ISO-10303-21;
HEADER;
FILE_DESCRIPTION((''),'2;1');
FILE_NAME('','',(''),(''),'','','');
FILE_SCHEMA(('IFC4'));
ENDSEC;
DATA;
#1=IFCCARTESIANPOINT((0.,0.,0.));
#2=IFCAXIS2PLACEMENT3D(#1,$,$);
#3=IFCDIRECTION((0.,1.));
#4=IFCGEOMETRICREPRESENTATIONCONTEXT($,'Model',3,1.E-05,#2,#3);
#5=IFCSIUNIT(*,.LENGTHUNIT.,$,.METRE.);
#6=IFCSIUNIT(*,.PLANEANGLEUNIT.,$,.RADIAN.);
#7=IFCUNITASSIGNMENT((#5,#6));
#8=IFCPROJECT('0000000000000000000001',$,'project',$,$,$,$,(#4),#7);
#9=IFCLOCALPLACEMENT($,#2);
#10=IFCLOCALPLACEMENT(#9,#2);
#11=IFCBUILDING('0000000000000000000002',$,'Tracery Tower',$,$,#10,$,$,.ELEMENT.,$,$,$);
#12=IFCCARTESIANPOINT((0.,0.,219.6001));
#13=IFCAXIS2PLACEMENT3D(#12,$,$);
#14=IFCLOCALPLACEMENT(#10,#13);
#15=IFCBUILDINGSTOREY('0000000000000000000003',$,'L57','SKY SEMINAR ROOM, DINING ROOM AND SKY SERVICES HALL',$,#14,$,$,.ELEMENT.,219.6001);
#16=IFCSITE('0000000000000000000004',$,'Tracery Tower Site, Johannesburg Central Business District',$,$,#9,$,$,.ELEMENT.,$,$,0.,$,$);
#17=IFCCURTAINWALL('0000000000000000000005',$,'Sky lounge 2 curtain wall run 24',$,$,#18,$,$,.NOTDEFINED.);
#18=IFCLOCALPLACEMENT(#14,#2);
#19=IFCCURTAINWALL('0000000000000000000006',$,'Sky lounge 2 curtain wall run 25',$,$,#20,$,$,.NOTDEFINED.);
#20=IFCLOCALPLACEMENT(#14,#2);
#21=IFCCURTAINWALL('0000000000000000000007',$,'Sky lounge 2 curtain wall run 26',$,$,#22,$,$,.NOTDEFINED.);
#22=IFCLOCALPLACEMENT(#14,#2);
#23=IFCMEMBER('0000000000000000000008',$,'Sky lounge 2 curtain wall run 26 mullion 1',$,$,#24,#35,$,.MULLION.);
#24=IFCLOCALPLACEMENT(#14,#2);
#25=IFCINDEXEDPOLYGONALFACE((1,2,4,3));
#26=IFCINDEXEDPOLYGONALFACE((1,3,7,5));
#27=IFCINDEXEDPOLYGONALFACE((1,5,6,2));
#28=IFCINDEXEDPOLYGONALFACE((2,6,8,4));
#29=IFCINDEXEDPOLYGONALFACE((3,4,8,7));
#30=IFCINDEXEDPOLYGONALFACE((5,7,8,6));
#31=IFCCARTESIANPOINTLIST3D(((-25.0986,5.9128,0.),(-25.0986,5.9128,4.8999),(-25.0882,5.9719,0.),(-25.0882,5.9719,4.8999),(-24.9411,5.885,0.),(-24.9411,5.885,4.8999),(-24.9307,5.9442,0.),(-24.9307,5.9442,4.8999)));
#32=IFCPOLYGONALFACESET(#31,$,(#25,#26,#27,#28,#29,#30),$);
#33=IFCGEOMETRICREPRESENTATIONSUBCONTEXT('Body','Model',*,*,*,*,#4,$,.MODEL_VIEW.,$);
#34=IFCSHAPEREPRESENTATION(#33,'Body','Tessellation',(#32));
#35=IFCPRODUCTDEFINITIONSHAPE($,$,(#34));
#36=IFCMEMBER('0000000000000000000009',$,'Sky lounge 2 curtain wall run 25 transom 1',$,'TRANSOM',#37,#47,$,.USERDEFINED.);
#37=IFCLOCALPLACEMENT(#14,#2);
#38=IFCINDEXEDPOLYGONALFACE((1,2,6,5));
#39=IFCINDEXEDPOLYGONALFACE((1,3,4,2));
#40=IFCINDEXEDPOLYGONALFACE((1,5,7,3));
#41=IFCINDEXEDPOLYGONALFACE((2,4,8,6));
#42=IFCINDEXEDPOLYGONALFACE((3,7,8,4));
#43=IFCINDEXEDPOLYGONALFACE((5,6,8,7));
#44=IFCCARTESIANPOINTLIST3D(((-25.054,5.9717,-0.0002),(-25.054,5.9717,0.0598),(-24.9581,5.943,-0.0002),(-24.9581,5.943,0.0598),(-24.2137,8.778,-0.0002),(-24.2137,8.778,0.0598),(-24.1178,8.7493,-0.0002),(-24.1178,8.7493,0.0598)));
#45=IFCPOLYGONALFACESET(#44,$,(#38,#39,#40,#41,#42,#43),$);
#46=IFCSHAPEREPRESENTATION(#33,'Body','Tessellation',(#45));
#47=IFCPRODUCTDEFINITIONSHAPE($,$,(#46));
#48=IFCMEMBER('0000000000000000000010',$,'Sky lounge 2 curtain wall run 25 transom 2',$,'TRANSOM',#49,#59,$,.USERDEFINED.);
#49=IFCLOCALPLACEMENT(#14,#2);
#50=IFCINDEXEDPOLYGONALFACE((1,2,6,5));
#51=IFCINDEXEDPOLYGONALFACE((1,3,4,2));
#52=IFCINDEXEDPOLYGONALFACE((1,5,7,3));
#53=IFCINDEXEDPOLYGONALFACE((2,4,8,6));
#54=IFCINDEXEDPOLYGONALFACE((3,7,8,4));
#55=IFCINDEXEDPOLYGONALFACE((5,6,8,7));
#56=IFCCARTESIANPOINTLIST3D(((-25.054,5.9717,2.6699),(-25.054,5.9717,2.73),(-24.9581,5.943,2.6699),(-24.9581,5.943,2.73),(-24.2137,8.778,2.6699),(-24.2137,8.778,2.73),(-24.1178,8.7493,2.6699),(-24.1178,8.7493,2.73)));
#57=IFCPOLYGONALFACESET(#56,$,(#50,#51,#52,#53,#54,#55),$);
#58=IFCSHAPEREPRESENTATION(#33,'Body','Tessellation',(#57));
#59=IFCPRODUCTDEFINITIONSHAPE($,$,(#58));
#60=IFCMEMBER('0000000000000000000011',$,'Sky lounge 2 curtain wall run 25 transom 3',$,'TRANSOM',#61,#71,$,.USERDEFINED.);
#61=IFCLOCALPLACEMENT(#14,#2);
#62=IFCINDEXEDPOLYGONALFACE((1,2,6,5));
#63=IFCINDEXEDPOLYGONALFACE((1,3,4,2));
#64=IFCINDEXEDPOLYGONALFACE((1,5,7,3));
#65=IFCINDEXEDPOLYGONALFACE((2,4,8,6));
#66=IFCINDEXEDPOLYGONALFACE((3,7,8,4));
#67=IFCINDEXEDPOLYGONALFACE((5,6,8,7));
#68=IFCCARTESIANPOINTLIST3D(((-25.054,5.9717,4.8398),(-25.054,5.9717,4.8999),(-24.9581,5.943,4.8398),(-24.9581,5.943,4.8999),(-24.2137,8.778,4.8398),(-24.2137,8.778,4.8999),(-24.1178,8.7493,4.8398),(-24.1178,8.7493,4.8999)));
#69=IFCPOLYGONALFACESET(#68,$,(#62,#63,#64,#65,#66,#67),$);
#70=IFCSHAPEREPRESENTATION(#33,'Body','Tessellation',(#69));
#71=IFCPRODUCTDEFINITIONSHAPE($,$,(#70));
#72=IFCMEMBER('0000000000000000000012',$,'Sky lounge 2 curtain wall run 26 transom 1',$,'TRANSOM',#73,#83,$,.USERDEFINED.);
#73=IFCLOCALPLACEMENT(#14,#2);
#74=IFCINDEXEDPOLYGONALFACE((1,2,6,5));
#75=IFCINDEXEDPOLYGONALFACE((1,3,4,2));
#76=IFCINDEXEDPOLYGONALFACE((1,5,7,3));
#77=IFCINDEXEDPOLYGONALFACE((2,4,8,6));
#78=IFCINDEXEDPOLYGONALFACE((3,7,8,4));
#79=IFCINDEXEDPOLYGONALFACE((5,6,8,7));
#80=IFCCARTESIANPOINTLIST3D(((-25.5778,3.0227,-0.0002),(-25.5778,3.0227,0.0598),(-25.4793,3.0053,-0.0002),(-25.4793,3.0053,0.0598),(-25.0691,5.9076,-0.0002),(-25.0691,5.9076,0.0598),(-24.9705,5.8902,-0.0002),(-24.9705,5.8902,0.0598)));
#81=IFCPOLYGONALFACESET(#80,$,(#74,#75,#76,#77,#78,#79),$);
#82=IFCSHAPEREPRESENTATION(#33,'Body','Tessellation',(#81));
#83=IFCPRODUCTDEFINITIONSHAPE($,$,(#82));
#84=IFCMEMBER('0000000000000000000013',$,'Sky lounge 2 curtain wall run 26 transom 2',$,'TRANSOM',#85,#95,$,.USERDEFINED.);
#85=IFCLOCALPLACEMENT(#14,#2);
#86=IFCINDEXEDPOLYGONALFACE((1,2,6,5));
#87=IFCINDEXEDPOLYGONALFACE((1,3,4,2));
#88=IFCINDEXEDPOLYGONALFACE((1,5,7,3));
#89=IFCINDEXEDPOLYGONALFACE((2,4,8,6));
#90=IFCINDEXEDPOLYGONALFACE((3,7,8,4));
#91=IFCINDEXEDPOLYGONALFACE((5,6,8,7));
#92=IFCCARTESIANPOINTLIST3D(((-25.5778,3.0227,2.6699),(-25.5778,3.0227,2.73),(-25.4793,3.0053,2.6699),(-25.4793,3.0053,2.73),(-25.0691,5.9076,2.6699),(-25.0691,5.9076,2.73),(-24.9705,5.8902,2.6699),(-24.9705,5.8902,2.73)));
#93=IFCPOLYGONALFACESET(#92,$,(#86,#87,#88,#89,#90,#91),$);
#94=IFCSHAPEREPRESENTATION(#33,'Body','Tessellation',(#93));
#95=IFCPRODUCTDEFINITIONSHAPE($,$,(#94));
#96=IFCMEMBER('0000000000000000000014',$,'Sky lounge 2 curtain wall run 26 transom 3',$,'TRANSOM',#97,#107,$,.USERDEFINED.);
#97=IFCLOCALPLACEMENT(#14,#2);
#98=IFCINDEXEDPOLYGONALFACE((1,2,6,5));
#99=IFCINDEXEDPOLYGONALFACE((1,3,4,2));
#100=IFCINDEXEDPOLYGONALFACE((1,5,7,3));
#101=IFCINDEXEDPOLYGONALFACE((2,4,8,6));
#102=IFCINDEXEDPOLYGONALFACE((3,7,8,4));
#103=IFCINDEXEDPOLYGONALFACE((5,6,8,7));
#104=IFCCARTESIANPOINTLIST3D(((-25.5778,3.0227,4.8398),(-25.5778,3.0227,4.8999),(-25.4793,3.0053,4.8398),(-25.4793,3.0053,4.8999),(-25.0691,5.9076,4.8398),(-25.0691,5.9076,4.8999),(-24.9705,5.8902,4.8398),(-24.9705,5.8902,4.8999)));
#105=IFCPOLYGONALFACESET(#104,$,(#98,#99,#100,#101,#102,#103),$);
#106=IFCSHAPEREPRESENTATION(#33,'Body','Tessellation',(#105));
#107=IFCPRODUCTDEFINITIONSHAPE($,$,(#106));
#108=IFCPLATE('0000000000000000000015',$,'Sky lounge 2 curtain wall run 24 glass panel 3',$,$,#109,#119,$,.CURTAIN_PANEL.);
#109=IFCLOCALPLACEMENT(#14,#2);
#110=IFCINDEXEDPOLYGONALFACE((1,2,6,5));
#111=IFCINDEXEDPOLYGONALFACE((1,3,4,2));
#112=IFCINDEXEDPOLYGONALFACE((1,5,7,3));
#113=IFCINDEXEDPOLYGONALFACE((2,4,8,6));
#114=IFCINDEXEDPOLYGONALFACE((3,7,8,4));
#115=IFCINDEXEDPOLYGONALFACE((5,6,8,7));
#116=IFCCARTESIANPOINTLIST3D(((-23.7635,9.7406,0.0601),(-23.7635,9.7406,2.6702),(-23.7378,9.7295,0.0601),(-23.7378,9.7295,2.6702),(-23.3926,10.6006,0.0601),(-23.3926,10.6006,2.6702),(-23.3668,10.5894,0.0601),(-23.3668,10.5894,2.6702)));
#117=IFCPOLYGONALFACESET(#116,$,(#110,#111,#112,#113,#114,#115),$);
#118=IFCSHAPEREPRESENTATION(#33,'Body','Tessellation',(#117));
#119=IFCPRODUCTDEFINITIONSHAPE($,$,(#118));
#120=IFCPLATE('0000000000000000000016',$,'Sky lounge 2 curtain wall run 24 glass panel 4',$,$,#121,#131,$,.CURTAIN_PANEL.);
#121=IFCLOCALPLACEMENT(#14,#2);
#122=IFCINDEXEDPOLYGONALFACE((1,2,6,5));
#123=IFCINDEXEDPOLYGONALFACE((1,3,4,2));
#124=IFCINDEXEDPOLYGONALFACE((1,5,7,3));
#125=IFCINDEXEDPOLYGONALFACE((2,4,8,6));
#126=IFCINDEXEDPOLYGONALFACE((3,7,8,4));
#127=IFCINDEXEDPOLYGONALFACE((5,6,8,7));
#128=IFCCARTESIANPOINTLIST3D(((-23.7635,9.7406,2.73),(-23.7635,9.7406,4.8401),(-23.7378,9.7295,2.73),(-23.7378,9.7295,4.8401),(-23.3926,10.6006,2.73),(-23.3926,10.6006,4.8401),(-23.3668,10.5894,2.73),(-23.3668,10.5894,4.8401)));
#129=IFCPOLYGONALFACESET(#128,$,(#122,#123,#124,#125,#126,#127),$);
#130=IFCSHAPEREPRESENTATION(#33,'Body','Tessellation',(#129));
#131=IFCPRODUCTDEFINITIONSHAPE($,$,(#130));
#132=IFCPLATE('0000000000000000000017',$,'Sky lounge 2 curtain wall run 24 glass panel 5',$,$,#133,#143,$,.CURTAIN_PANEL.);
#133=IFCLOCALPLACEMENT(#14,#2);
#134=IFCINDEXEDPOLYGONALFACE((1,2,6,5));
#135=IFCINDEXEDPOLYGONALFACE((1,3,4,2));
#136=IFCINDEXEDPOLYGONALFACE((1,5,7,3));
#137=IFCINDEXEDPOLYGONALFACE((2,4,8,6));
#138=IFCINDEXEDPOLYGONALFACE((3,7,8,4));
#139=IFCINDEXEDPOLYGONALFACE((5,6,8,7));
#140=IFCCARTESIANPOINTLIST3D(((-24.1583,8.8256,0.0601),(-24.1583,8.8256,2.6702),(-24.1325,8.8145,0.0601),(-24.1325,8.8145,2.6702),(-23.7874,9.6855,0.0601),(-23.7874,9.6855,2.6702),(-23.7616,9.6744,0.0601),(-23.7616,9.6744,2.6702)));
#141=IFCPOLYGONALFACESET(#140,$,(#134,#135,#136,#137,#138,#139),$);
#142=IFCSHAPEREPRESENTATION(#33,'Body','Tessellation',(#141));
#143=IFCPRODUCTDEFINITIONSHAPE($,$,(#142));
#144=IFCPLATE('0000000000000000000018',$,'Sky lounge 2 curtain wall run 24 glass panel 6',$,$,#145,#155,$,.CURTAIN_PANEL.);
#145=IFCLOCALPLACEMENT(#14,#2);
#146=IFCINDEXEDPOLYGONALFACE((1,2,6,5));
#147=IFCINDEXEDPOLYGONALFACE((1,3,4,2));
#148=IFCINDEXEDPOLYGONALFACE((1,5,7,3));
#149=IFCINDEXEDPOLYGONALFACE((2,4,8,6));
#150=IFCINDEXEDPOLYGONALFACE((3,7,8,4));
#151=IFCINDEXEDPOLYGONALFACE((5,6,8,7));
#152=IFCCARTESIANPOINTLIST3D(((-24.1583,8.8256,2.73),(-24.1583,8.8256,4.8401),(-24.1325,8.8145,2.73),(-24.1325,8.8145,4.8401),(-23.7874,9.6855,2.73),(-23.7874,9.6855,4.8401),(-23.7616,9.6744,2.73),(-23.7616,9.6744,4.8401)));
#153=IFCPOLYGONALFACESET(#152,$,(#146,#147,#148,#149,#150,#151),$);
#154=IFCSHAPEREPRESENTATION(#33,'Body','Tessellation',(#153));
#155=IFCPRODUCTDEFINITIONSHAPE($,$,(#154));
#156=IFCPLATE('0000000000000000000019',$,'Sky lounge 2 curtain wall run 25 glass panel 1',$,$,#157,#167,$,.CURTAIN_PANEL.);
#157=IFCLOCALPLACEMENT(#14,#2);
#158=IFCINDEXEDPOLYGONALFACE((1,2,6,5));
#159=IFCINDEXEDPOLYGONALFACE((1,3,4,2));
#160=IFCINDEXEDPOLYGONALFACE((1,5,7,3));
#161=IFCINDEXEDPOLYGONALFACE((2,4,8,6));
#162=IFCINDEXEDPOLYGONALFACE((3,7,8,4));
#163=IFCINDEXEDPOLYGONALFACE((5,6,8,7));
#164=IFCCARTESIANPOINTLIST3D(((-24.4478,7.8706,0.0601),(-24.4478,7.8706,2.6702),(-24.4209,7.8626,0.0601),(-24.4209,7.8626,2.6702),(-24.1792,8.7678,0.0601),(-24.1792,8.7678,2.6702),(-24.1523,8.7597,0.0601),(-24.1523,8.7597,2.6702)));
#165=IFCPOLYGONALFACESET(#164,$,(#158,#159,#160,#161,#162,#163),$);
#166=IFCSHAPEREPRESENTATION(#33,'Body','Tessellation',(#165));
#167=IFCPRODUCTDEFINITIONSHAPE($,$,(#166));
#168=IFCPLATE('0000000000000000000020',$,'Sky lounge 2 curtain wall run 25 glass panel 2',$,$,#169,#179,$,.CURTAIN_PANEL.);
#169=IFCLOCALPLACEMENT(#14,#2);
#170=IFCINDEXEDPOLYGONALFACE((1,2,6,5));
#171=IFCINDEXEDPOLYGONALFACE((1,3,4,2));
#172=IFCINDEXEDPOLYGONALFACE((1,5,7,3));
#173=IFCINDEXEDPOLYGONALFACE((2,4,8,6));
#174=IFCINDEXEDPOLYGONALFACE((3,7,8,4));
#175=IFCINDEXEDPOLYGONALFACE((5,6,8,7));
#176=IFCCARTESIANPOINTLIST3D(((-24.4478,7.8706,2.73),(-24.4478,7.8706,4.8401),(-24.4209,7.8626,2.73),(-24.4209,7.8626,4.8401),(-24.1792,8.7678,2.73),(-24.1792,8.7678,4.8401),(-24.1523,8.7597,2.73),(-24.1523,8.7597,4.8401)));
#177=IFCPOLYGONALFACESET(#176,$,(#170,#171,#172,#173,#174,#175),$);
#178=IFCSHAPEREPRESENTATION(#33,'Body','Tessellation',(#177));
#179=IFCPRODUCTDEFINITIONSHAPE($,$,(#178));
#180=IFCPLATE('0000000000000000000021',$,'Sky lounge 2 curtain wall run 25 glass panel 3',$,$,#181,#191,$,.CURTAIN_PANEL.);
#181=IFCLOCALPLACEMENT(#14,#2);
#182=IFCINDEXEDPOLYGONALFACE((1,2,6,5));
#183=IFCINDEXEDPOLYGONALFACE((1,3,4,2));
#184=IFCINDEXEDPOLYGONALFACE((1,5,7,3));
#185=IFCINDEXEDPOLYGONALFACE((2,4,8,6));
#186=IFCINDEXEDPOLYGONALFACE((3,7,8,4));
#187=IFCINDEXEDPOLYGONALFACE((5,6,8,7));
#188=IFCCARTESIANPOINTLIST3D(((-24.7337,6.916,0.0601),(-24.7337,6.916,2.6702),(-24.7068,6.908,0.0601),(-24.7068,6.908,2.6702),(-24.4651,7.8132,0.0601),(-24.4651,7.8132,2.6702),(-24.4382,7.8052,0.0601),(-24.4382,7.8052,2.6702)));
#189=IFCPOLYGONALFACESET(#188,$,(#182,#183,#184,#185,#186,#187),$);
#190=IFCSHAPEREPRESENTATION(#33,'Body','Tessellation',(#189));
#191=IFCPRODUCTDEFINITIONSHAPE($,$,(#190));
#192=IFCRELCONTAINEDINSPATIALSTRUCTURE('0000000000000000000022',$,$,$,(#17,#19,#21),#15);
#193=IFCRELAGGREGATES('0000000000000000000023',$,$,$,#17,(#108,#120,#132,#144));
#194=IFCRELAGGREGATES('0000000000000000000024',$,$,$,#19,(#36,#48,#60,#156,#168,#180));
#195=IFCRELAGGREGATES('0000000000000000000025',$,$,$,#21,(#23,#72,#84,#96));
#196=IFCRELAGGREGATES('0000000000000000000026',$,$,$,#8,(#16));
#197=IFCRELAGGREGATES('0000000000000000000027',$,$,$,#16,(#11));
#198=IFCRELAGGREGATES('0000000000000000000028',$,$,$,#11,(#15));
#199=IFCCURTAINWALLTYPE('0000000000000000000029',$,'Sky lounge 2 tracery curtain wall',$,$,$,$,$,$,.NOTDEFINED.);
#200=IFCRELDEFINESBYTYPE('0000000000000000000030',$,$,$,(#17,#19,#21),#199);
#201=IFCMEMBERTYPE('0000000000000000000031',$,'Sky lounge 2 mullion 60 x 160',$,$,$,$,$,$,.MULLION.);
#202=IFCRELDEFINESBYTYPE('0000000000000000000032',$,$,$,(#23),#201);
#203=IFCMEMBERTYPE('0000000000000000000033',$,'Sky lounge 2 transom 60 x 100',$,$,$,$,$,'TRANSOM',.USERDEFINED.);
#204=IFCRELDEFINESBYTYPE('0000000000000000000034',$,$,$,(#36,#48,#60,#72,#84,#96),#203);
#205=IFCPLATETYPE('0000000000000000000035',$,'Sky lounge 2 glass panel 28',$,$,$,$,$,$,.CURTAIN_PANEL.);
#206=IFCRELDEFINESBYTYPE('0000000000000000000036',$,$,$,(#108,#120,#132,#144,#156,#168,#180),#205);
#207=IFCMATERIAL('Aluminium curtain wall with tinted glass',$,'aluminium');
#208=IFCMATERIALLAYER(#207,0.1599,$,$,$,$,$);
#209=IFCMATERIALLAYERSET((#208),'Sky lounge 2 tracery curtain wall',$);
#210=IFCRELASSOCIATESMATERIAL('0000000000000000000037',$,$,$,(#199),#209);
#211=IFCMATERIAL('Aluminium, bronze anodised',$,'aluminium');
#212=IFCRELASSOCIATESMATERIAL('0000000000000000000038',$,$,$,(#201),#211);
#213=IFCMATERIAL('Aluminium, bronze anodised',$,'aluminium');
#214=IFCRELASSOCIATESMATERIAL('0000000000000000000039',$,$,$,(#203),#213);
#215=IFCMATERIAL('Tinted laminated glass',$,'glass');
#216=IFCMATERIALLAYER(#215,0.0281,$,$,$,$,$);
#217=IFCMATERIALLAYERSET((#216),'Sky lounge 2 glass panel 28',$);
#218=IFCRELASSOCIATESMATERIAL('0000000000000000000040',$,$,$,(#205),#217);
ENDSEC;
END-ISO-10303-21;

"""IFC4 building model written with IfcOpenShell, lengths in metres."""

from ifc_helpers import new_model, si_unit, direction, frame, origin, origin_2d, place, context, subcontext, project, spatial, rectangle, extrude, material, layer, layer_set, material_profile, profile_set, type_object, element, aggregate, save


model = new_model("IFC4")

# Units and contexts
model_context = context("Model", 3, precision=1e-05, world=origin(), true_north=direction((0.0, 1.0)))
body_context = subcontext(model_context, "Body", "Model", "MODEL_VIEW")
ifc_project = project(units=[si_unit("LENGTHUNIT", "METRE"), si_unit("PLANEANGLEUNIT", "RADIAN")], contexts=[model_context])

# Site, building, storey
site_placement = place(None, origin())
site = spatial("IfcSite", under=ifc_project, at=site_placement, Name="Tracery Tower Site, Johannesburg Central Business District", CompositionType="ELEMENT", RefElevation=0.0)
building_placement = place(site_placement, origin())
building = spatial("IfcBuilding", under=site, at=building_placement, Name="Tracery Tower", CompositionType="ELEMENT")
storey_placement = place(building_placement, frame((0.0, 0.0, 219.6001)))
storey = spatial("IfcBuildingStorey", under=building, at=storey_placement, Name="L57", Description="SKY SEMINAR ROOM, DINING ROOM AND SKY SERVICES HALL", CompositionType="ELEMENT", Elevation=219.6001)

# Curtain walls
ifc_material_1 = material(Name="Aluminium curtain wall with tinted glass", Category="aluminium")
ifc_layer_1 = layer(ifc_material_1, 0.1599)
ifc_layer_set_1 = layer_set([ifc_layer_1], Name="Sky lounge 2 tracery curtain wall")
curtain_wall_type = type_object("IfcCurtainWallType", Name="Sky lounge 2 tracery curtain wall", PredefinedType="NOTDEFINED", material=ifc_layer_set_1)
curtain_wall_1_placement = place(storey_placement, origin())
curtain_wall_1 = element("IfcCurtainWall", 1, at=curtain_wall_1_placement, inside=storey, type_object=curtain_wall_type, Name="Sky lounge 2 curtain wall run 24", PredefinedType="NOTDEFINED")
ifc_material_2 = material(Name="Aluminium, bronze anodised", Category="aluminium")
ifc_material_profile_1 = material_profile(ifc_material_2, rectangle(XDim=0.1599, YDim=0.0601, at=origin_2d()), Name="AL 60x160")
ifc_profile_set_1 = profile_set([ifc_material_profile_1], Name="Aluminium, bronze anodised")
member_type_1 = type_object("IfcMemberType", Name="Sky lounge 2 mullion 60 x 160", PredefinedType="MULLION", material=ifc_profile_set_1)
curtain_wall_2_placement = place(storey_placement, origin())
curtain_wall_2 = element("IfcCurtainWall", 2, at=curtain_wall_2_placement, inside=storey, type_object=curtain_wall_type, Name="Sky lounge 2 curtain wall run 25", PredefinedType="NOTDEFINED")

# Curtain wall, member
curtain_wall_3_placement = place(storey_placement, origin())
curtain_wall_3 = element("IfcCurtainWall", 3, at=curtain_wall_3_placement, inside=storey, type_object=curtain_wall_type, Name="Sky lounge 2 curtain wall run 26", PredefinedType="NOTDEFINED")
member_1_placement = place(storey_placement, frame((-25.0146, 5.9285, 0.0), z_axis=(0.0, 0.0, 1.0), x_axis=(0.984808, -0.173648, 0.0)))
member_1 = element("IfcMember", 4, at=member_1_placement, type_object=member_type_1, Name="Sky lounge 2 curtain wall run 26 mullion 1", PredefinedType="MULLION", context=body_context, shape_type="SweptSolid", body=[
    extrude(rectangle(XDim=0.1599, YDim=0.0601, at=origin_2d()), origin(), (0.0, 0.0, 1.0), 4.8999),
])

# Members
ifc_material_3 = material(Name="Aluminium, bronze anodised", Category="aluminium")
ifc_material_profile_2 = material_profile(ifc_material_3, rectangle(XDim=0.1001, YDim=0.0601, at=origin_2d()), Name="AL 60x100")
ifc_profile_set_2 = profile_set([ifc_material_profile_2], Name="Aluminium, bronze anodised")
member_type_2 = type_object("IfcMemberType", Name="Sky lounge 2 transom 60 x 100", ElementType="TRANSOM", PredefinedType="USERDEFINED", material=ifc_profile_set_2)
member_2_placement = place(storey_placement, frame((-24.1658, 8.7637, 0.0298), z_axis=(-0.286851, -0.957975, 0.0), x_axis=(0.957975, -0.286851, 0.0)))
member_2 = element("IfcMember", 5, at=member_2_placement, type_object=member_type_2, Name="Sky lounge 2 curtain wall run 25 transom 1", ObjectType="TRANSOM", PredefinedType="USERDEFINED", context=body_context, shape_type="SweptSolid", body=[
    extrude(rectangle(XDim=0.1001, YDim=0.0601, at=origin_2d()), origin(), (0.0, 0.0, 1.0), 2.9294),
])
member_3_placement = place(storey_placement, frame((-24.1658, 8.7637, 2.7), z_axis=(-0.286851, -0.957975, 0.0), x_axis=(0.957975, -0.286851, 0.0)))
member_3 = element("IfcMember", 6, at=member_3_placement, type_object=member_type_2, Name="Sky lounge 2 curtain wall run 25 transom 2", ObjectType="TRANSOM", PredefinedType="USERDEFINED", context=body_context, shape_type="SweptSolid", body=[
    extrude(rectangle(XDim=0.1001, YDim=0.0601, at=origin_2d()), origin(), (0.0, 0.0, 1.0), 2.9294),
])
member_4_placement = place(storey_placement, frame((-24.1658, 8.7637, 4.8699), z_axis=(-0.286851, -0.957975, 0.0), x_axis=(0.957975, -0.286851, 0.0)))
member_4 = element("IfcMember", 7, at=member_4_placement, type_object=member_type_2, Name="Sky lounge 2 curtain wall run 25 transom 3", ObjectType="TRANSOM", PredefinedType="USERDEFINED", context=body_context, shape_type="SweptSolid", body=[
    extrude(rectangle(XDim=0.1001, YDim=0.0601, at=origin_2d()), origin(), (0.0, 0.0, 1.0), 2.9294),
])
member_5_placement = place(storey_placement, frame((-25.0198, 5.8989, 0.0298), z_axis=(-0.173676, -0.984803, 0.0), x_axis=(0.984803, -0.173676, 0.0)))
member_5 = element("IfcMember", 8, at=member_5_placement, type_object=member_type_2, Name="Sky lounge 2 curtain wall run 26 transom 1", ObjectType="TRANSOM", PredefinedType="USERDEFINED", context=body_context, shape_type="SweptSolid", body=[
    extrude(rectangle(XDim=0.1001, YDim=0.0601, at=origin_2d()), origin(), (0.0, 0.0, 1.0), 2.9294),
])
member_6_placement = place(storey_placement, frame((-25.0198, 5.8989, 2.7), z_axis=(-0.173676, -0.984803, 0.0), x_axis=(0.984803, -0.173676, 0.0)))
member_6 = element("IfcMember", 9, at=member_6_placement, type_object=member_type_2, Name="Sky lounge 2 curtain wall run 26 transom 2", ObjectType="TRANSOM", PredefinedType="USERDEFINED", context=body_context, shape_type="SweptSolid", body=[
    extrude(rectangle(XDim=0.1001, YDim=0.0601, at=origin_2d()), origin(), (0.0, 0.0, 1.0), 2.9294),
])
member_7_placement = place(storey_placement, frame((-25.0198, 5.8989, 4.8699), z_axis=(-0.173676, -0.984803, 0.0), x_axis=(0.984803, -0.173676, 0.0)))
member_7 = element("IfcMember", 10, at=member_7_placement, type_object=member_type_2, Name="Sky lounge 2 curtain wall run 26 transom 3", ObjectType="TRANSOM", PredefinedType="USERDEFINED", context=body_context, shape_type="SweptSolid", body=[
    extrude(rectangle(XDim=0.1001, YDim=0.0601, at=origin_2d()), origin(), (0.0, 0.0, 1.0), 2.9294),
])

# Plates
ifc_material_4 = material(Name="Tinted laminated glass", Category="glass")
ifc_layer_2 = layer(ifc_material_4, 0.0281)
ifc_layer_set_2 = layer_set([ifc_layer_2], Name="Sky lounge 2 glass panel 28")
plate_type = type_object("IfcPlateType", Name="Sky lounge 2 glass panel 28", PredefinedType="CURTAIN_PANEL", material=ifc_layer_set_2)
plate_1_placement = place(storey_placement, frame((-23.5652, 10.165, 0.0601), z_axis=(0.0, 0.0, 1.0), x_axis=(-0.39608, -0.918216, 0.0)))
plate_1 = element("IfcPlate", 11, at=plate_1_placement, type_object=plate_type, Name="Sky lounge 2 curtain wall run 24 glass panel 3", PredefinedType="CURTAIN_PANEL", context=body_context, shape_type="SweptSolid", body=[
    extrude(rectangle(XDim=0.9365, YDim=0.0281, at=origin_2d()), origin(), (0.0, 0.0, 1.0), 2.6101),
])
plate_2_placement = place(storey_placement, frame((-23.5652, 10.165, 2.73), z_axis=(0.0, 0.0, 1.0), x_axis=(-0.39608, -0.918216, 0.0)))
plate_2 = element("IfcPlate", 12, at=plate_2_placement, type_object=plate_type, Name="Sky lounge 2 curtain wall run 24 glass panel 4", PredefinedType="CURTAIN_PANEL", context=body_context, shape_type="SweptSolid", body=[
    extrude(rectangle(XDim=0.9365, YDim=0.0281, at=origin_2d()), origin(), (0.0, 0.0, 1.0), 2.1101),
])
plate_3_placement = place(storey_placement, frame((-23.96, 9.25, 0.0601), z_axis=(0.0, 0.0, 1.0), x_axis=(-0.39608, -0.918216, 0.0)))
plate_3 = element("IfcPlate", 13, at=plate_3_placement, type_object=plate_type, Name="Sky lounge 2 curtain wall run 24 glass panel 5", PredefinedType="CURTAIN_PANEL", context=body_context, shape_type="SweptSolid", body=[
    extrude(rectangle(XDim=0.9365, YDim=0.0281, at=origin_2d()), origin(), (0.0, 0.0, 1.0), 2.6101),
])
plate_4_placement = place(storey_placement, frame((-23.96, 9.25, 2.73), z_axis=(0.0, 0.0, 1.0), x_axis=(-0.39608, -0.918216, 0.0)))
plate_4 = element("IfcPlate", 14, at=plate_4_placement, type_object=plate_type, Name="Sky lounge 2 curtain wall run 24 glass panel 6", PredefinedType="CURTAIN_PANEL", context=body_context, shape_type="SweptSolid", body=[
    extrude(rectangle(XDim=0.9365, YDim=0.0281, at=origin_2d()), origin(), (0.0, 0.0, 1.0), 2.1101),
])
aggregate(curtain_wall_1, [plate_1, plate_2, plate_3, plate_4])
plate_5_placement = place(storey_placement, frame((-24.3, 8.3152, 0.0601), z_axis=(0.0, 0.0, 1.0), x_axis=(-0.286803, -0.95799, 0.0)))
plate_5 = element("IfcPlate", 15, at=plate_5_placement, type_object=plate_type, Name="Sky lounge 2 curtain wall run 25 glass panel 1", PredefinedType="CURTAIN_PANEL", context=body_context, shape_type="SweptSolid", body=[
    extrude(rectangle(XDim=0.9365, YDim=0.0281, at=origin_2d()), origin(), (0.0, 0.0, 1.0), 2.6101),
])
plate_6_placement = place(storey_placement, frame((-24.3, 8.3152, 2.73), z_axis=(0.0, 0.0, 1.0), x_axis=(-0.286803, -0.95799, 0.0)))
plate_6 = element("IfcPlate", 16, at=plate_6_placement, type_object=plate_type, Name="Sky lounge 2 curtain wall run 25 glass panel 2", PredefinedType="CURTAIN_PANEL", context=body_context, shape_type="SweptSolid", body=[
    extrude(rectangle(XDim=0.9365, YDim=0.0281, at=origin_2d()), origin(), (0.0, 0.0, 1.0), 2.1101),
])
plate_7_placement = place(storey_placement, frame((-24.5859, 7.3606, 0.0601), z_axis=(0.0, 0.0, 1.0), x_axis=(-0.286803, -0.95799, 0.0)))
plate_7 = element("IfcPlate", 17, at=plate_7_placement, type_object=plate_type, Name="Sky lounge 2 curtain wall run 25 glass panel 3", PredefinedType="CURTAIN_PANEL", context=body_context, shape_type="SweptSolid", body=[
    extrude(rectangle(XDim=0.9365, YDim=0.0281, at=origin_2d()), origin(), (0.0, 0.0, 1.0), 2.6101),
])
aggregate(curtain_wall_2, [member_2, member_3, member_4, plate_5, plate_6, plate_7])
aggregate(curtain_wall_3, [member_1, member_5, member_6, member_7])

save(model, "model.ifc")
